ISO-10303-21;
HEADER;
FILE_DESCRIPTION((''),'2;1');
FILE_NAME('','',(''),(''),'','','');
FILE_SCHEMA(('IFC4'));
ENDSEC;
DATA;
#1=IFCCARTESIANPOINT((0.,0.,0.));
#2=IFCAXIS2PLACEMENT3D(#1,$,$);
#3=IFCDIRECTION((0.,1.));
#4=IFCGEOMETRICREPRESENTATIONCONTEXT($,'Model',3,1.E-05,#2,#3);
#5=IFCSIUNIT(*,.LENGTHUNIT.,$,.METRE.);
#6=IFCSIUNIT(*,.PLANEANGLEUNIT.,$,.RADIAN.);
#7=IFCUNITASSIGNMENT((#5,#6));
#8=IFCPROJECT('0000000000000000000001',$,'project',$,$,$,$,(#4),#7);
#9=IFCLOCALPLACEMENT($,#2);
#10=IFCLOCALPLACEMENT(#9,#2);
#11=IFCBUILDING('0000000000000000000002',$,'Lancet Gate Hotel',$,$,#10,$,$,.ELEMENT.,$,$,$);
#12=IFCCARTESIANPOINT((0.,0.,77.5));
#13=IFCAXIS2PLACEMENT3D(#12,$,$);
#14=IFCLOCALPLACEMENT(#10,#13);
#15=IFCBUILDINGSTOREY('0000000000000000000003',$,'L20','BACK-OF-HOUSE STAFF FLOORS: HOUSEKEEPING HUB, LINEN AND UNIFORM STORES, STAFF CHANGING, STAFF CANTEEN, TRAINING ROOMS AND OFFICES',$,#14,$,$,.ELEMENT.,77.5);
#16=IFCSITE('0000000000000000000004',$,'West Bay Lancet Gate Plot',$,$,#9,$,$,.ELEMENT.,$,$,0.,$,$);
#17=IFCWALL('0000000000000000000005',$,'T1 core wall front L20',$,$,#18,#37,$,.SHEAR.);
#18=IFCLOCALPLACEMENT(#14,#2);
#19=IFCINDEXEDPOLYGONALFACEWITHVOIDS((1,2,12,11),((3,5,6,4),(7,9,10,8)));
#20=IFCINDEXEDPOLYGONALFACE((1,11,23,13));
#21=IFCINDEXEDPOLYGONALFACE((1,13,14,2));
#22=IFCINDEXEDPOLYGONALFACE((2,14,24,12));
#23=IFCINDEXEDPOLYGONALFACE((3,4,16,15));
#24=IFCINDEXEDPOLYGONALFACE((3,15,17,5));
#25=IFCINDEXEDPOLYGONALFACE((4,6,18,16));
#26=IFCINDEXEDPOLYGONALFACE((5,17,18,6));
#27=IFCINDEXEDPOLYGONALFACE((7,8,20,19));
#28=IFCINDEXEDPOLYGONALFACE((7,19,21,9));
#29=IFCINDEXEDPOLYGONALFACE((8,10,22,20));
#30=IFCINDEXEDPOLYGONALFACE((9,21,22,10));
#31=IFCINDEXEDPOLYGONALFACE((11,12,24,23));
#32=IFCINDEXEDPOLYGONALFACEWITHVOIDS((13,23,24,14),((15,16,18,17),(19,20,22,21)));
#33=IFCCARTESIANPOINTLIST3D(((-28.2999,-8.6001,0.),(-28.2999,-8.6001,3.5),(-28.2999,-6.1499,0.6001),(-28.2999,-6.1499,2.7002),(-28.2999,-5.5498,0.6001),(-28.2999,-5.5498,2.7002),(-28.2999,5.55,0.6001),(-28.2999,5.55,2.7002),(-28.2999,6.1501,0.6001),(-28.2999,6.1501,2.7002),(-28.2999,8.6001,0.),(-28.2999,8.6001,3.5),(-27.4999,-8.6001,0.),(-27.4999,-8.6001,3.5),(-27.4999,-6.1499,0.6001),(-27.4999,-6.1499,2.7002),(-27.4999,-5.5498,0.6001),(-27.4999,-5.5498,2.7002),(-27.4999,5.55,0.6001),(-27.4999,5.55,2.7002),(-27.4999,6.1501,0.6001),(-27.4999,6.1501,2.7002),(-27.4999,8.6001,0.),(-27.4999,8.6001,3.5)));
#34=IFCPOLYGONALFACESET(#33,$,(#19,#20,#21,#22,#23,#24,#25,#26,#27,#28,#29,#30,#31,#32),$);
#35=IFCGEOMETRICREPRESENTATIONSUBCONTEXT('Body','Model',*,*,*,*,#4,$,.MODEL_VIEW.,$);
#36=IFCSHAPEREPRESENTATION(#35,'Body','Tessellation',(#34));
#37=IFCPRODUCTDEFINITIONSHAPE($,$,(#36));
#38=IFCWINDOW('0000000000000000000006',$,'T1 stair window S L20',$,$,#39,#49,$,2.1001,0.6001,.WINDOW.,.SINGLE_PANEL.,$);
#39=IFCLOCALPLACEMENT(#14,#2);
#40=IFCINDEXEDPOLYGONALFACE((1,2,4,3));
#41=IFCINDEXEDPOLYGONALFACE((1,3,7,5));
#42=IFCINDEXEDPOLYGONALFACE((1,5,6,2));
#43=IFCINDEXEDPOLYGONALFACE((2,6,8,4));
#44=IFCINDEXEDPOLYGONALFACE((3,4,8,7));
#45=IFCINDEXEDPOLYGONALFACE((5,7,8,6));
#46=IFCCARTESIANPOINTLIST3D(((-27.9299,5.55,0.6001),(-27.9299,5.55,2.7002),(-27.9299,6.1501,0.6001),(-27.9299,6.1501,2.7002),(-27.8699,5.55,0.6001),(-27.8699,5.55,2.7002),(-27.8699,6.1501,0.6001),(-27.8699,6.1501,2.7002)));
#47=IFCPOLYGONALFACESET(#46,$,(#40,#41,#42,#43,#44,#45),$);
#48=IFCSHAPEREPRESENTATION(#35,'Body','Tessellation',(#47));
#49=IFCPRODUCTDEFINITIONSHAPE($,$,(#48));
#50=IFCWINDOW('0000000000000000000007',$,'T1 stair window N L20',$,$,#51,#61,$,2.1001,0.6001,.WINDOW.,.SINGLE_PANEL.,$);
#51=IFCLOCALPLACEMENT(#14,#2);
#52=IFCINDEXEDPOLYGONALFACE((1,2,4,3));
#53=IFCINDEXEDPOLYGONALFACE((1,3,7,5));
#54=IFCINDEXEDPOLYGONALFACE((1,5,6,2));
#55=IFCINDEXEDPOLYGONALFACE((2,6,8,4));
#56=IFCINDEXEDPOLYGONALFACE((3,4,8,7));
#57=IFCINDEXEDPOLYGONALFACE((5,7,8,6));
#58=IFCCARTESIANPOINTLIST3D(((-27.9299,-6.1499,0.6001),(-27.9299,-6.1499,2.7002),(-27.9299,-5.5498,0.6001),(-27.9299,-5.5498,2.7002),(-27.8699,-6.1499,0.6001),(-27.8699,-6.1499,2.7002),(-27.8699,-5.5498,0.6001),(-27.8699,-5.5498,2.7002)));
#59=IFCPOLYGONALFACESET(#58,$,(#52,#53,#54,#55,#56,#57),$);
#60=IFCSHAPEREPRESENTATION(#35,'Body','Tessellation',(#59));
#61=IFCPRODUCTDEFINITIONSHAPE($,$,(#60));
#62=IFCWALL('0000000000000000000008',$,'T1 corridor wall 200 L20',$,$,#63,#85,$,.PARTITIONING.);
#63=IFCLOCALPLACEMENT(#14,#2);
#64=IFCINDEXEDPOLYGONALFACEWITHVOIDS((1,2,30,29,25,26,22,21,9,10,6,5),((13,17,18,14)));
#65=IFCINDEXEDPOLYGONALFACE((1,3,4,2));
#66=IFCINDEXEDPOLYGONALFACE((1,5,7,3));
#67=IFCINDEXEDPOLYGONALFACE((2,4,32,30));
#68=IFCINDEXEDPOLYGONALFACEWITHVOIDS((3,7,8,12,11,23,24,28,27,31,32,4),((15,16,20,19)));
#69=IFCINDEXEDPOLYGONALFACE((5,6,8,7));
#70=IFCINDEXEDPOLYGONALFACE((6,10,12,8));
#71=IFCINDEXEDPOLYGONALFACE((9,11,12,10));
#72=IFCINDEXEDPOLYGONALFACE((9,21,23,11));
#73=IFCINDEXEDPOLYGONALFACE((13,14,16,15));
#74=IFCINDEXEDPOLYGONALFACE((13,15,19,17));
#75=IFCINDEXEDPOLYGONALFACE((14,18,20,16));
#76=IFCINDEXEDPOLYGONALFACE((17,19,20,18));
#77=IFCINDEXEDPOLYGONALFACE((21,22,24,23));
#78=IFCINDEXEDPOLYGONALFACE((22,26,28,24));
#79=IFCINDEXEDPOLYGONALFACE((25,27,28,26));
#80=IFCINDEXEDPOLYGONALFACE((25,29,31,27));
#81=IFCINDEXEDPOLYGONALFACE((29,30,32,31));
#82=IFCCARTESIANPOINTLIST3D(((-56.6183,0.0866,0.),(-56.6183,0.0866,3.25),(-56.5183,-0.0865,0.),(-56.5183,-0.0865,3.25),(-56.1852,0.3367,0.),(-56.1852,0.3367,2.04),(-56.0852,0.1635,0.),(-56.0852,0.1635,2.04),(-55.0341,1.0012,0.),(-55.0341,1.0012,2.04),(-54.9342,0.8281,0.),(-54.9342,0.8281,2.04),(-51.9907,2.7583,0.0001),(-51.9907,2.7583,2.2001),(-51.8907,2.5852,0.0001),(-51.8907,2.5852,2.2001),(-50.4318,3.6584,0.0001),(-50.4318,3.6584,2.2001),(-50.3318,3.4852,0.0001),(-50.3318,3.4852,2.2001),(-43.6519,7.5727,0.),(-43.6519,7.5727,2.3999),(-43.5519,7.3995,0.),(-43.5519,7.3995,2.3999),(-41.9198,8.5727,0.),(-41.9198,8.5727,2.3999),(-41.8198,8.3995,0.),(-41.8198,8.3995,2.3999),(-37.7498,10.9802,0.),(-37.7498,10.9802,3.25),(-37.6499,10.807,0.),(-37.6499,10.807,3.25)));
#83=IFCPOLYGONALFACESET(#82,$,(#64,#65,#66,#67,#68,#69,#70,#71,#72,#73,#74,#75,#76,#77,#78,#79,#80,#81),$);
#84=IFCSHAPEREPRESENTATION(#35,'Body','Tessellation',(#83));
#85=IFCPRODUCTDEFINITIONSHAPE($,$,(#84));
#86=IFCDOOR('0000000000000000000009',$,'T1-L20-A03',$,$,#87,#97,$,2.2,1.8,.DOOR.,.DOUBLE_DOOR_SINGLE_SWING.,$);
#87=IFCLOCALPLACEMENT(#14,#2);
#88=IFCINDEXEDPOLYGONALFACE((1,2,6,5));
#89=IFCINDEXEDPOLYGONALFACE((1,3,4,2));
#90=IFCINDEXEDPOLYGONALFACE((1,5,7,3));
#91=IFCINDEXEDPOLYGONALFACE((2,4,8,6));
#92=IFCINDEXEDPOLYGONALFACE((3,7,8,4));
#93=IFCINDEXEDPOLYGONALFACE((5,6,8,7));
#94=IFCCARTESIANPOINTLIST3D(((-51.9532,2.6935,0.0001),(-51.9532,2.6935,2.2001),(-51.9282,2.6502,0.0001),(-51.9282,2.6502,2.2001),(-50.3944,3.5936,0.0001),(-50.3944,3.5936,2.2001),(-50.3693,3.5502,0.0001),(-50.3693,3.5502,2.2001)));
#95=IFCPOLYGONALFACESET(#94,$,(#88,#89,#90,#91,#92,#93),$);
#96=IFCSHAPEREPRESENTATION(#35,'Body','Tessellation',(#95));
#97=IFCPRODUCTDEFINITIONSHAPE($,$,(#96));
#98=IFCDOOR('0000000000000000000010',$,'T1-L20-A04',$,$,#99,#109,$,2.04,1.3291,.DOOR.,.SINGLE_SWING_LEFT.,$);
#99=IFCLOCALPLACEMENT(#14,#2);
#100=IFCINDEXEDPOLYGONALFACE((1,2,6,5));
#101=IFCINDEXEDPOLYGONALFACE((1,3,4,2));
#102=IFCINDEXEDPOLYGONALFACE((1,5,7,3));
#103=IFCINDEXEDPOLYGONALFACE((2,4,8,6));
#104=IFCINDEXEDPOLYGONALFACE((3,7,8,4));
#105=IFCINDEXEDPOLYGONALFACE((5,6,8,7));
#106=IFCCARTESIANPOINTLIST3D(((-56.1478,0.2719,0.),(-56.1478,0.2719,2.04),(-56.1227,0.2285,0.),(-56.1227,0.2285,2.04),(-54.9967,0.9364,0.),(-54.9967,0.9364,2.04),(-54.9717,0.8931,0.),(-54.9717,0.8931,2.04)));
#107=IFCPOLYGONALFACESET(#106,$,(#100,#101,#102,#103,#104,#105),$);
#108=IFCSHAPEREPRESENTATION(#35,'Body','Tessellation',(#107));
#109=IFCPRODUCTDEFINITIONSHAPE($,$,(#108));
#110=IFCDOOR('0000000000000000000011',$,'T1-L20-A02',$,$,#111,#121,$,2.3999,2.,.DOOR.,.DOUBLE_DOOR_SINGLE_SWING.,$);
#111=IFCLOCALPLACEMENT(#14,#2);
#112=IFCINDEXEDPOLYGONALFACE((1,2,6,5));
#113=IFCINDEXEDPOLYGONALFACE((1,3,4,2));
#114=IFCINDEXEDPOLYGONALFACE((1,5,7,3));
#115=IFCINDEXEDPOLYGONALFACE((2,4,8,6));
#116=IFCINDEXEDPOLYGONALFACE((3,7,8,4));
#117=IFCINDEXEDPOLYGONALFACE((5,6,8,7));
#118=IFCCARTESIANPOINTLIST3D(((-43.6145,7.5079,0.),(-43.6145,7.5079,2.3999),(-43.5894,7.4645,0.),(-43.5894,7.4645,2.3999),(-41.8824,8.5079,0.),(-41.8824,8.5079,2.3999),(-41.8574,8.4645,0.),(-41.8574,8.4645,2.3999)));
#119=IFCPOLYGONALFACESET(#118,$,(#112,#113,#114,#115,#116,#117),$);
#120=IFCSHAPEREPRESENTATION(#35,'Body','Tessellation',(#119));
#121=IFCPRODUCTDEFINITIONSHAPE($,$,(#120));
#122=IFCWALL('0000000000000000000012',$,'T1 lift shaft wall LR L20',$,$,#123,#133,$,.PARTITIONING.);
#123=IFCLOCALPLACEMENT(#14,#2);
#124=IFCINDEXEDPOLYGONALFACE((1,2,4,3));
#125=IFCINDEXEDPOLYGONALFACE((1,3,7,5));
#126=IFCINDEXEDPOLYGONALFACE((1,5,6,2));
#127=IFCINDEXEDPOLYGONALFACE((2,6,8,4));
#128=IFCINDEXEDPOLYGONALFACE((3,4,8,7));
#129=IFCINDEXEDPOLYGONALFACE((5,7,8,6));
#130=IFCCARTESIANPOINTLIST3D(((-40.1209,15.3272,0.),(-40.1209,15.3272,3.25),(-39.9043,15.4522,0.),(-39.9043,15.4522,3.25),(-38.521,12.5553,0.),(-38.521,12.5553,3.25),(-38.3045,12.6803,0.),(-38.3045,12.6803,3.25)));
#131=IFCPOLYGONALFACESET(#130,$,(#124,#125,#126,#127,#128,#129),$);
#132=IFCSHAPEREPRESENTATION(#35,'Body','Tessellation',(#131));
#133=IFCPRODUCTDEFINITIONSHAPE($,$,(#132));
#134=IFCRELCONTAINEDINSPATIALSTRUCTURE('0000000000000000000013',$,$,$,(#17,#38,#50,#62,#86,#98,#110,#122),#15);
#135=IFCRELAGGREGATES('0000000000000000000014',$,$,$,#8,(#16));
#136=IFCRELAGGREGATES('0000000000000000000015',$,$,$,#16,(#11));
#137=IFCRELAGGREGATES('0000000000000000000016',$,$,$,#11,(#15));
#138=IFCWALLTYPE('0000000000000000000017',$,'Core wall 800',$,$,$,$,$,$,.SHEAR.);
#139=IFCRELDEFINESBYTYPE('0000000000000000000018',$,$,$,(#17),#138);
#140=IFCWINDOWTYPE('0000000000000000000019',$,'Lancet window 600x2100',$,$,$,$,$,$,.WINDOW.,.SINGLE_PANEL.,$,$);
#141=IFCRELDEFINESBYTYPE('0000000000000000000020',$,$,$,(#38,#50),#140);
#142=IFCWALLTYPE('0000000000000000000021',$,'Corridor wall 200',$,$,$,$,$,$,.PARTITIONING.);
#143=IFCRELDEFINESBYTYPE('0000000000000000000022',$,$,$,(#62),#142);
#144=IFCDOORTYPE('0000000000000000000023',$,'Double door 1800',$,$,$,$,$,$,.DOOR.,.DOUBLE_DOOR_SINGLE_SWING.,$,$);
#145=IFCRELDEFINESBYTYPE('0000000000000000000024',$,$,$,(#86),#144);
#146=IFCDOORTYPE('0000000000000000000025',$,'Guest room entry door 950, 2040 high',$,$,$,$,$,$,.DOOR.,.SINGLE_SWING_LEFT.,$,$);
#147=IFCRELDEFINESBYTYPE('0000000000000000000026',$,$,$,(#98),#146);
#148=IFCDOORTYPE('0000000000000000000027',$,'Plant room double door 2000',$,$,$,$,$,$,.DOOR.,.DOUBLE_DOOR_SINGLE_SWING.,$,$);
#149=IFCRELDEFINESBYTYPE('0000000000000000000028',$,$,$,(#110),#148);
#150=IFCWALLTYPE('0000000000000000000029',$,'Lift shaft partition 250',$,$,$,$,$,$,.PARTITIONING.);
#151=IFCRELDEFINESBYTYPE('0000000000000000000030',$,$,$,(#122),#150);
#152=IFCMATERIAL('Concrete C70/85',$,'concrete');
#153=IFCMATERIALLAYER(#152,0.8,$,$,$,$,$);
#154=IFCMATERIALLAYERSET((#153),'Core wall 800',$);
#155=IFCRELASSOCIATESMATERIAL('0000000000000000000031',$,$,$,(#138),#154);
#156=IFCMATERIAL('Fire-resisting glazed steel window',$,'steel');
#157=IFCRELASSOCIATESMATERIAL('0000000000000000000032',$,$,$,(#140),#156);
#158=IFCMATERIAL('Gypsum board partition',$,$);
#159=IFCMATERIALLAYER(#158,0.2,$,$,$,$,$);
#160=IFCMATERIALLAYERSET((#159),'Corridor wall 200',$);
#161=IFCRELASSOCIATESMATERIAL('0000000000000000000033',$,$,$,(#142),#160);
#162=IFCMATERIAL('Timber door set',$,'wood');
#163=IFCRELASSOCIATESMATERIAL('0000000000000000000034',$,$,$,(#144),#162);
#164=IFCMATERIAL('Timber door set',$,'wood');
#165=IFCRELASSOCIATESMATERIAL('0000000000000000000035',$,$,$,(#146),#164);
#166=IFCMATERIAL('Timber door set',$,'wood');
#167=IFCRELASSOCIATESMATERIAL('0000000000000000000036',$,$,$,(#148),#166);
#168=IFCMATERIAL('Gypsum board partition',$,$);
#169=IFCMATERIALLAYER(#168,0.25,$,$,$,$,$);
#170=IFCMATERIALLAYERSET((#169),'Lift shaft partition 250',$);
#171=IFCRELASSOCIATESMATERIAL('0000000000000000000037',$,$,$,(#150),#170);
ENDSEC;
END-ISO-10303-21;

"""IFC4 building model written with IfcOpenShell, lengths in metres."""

from ifc_helpers import new_model, si_unit, direction, frame, frame_2d, origin, place, context, subcontext, project, spatial, rectangle, extrude, material, layer, layer_set, type_object, element, fill, save


model = new_model("IFC4")

# Units and contexts
model_context = context("Model", 3, precision=1e-05, world=origin(), true_north=direction((0.0, 1.0)))
body_context = subcontext(model_context, "Body", "Model", "MODEL_VIEW")
ifc_project = project(units=[si_unit("LENGTHUNIT", "METRE"), si_unit("PLANEANGLEUNIT", "RADIAN")], contexts=[model_context])

# Site, building, storey
site_placement = place(None, origin())
site = spatial("IfcSite", under=ifc_project, at=site_placement, Name="West Bay Lancet Gate Plot", CompositionType="ELEMENT", RefElevation=0.0)
building_placement = place(site_placement, origin())
building = spatial("IfcBuilding", under=site, at=building_placement, Name="Lancet Gate Hotel", CompositionType="ELEMENT")
storey_placement = place(building_placement, frame((0.0, 0.0, 77.5)))
storey = spatial("IfcBuildingStorey", under=building, at=storey_placement, Name="L20", Description="BACK-OF-HOUSE STAFF FLOORS: HOUSEKEEPING HUB, LINEN AND UNIFORM STORES, STAFF CHANGING, STAFF CANTEEN, TRAINING ROOMS AND OFFICES", CompositionType="ELEMENT", Elevation=77.5)

# Wall, openings, windows
ifc_material_1 = material(Name="Concrete C70/85", Category="concrete")
ifc_layer_1 = layer(ifc_material_1, 0.8)
ifc_layer_set_1 = layer_set([ifc_layer_1], Name="Core wall 800")
wall_type_1 = type_object("IfcWallType", Name="Core wall 800", PredefinedType="SHEAR", material=ifc_layer_set_1)
wall_1_placement = place(storey_placement, frame((-27.8999, 8.6001, 0.0), z_axis=(0.0, 0.0, 1.0), x_axis=(0.0, -1.0, 0.0)))
wall_1 = element("IfcWall", 1, at=wall_1_placement, inside=storey, type_object=wall_type_1, Name="T1 core wall front L20", PredefinedType="SHEAR", context=body_context, shape_type="SweptSolid", body=[
    extrude(rectangle(XDim=17.2002, YDim=0.8, at=frame_2d((8.6001, 0.0))), origin(), (0.0, 0.0, 1.0), 3.5),
])
opening_1_placement = place(wall_1_placement, frame((2.45, 0.0, 0.6001)))
opening_1 = element("IfcOpeningElement", 2, at=opening_1_placement, cuts=wall_1, PredefinedType="OPENING", context=body_context, shape_type="SweptSolid", body=[
    extrude(rectangle(XDim=0.6001, YDim=2.1001, at=frame_2d((0.3, 1.05))), frame((0.0, 0.4099, 0.0), z_axis=(0.0, -1.0, 0.0), x_axis=(1.0, 0.0, 0.0)), (0.0, 0.0, 1.0), 0.8201),
])
opening_2_placement = place(wall_1_placement, frame((14.1499, 0.0, 0.6001)))
opening_2 = element("IfcOpeningElement", 3, at=opening_2_placement, cuts=wall_1, PredefinedType="OPENING", context=body_context, shape_type="SweptSolid", body=[
    extrude(rectangle(XDim=0.6001, YDim=2.1001, at=frame_2d((0.3, 1.05))), frame((0.0, 0.4099, 0.0), z_axis=(0.0, -1.0, 0.0), x_axis=(1.0, 0.0, 0.0)), (0.0, 0.0, 1.0), 0.8201),
])
ifc_material_2 = material(Name="Fire-resisting glazed steel window", Category="steel")
window_type = type_object("IfcWindowType", Name="Lancet window 600x2100", PartitioningType="SINGLE_PANEL", PredefinedType="WINDOW", material=ifc_material_2)
window_1_placement = place(opening_1_placement, origin())
window_1 = element("IfcWindow", 4, at=window_1_placement, inside=storey, type_object=window_type, Name="T1 stair window S L20", OverallHeight=2.1001, OverallWidth=0.6001, PartitioningType="SINGLE_PANEL", PredefinedType="WINDOW", context=body_context, shape_type="SweptSolid", body=[
    extrude(rectangle(XDim=0.6001, YDim=2.1001, at=frame_2d((0.3, 1.05))), frame((0.0, 0.03, 0.0), z_axis=(0.0, -1.0, 0.0), x_axis=(1.0, 0.0, 0.0)), (0.0, 0.0, 1.0), 0.0601),
])
fill(opening_1, window_1)
window_2_placement = place(opening_2_placement, origin())
window_2 = element("IfcWindow", 5, at=window_2_placement, inside=storey, type_object=window_type, Name="T1 stair window N L20", OverallHeight=2.1001, OverallWidth=0.6001, PartitioningType="SINGLE_PANEL", PredefinedType="WINDOW", context=body_context, shape_type="SweptSolid", body=[
    extrude(rectangle(XDim=0.6001, YDim=2.1001, at=frame_2d((0.3, 1.05))), frame((0.0, 0.03, 0.0), z_axis=(0.0, -1.0, 0.0), x_axis=(1.0, 0.0, 0.0)), (0.0, 0.0, 1.0), 0.0601),
])
fill(opening_2, window_2)

# Wall, openings, doors
ifc_material_3 = material(Name="Gypsum board partition")
ifc_layer_2 = layer(ifc_material_3, 0.2)
ifc_layer_set_2 = layer_set([ifc_layer_2], Name="Corridor wall 200")
wall_type_2 = type_object("IfcWallType", Name="Corridor wall 200", PredefinedType="PARTITIONING", material=ifc_layer_set_2)
wall_2_placement = place(storey_placement, frame((-37.7, 10.8936, 0.0), z_axis=(0.0, 0.0, 1.0), x_axis=(-0.866028, -0.499996, 0.0)))
wall_2 = element("IfcWall", 6, at=wall_2_placement, inside=storey, type_object=wall_type_2, Name="T1 corridor wall 200 L20", PredefinedType="PARTITIONING", context=body_context, shape_type="SweptSolid", body=[
    extrude(rectangle(XDim=21.7874, YDim=0.2, at=frame_2d((10.8936, 0.0))), origin(), (0.0, 0.0, 1.0), 3.25),
])
opening_3_placement = place(wall_2_placement, frame((14.6438, 0.0, 0.0)))
opening_3 = element("IfcOpeningElement", 7, at=opening_3_placement, cuts=wall_2, PredefinedType="OPENING", context=body_context, shape_type="SweptSolid", body=[
    extrude(rectangle(XDim=1.8, YDim=2.2, at=frame_2d((0.8999, 1.1001))), frame((0.0, 0.1099, 0.0), z_axis=(0.0, -1.0, 0.0), x_axis=(1.0, 0.0, 0.0)), (0.0, 0.0, 1.0), 0.22),
])
opening_4_placement = place(wall_2_placement, frame((19.958, 0.0, 0.0)))
opening_4 = element("IfcOpeningElement", 8, at=opening_4_placement, cuts=wall_2, PredefinedType="OPENING", context=body_context, shape_type="SweptSolid", body=[
    extrude(rectangle(XDim=1.3291, YDim=2.04, at=frame_2d((0.6646, 1.02))), frame((0.0, 0.1099, 0.0), z_axis=(0.0, -1.0, 0.0), x_axis=(1.0, 0.0, 0.0)), (0.0, 0.0, 1.0), 0.22),
])
opening_5_placement = place(wall_2_placement, frame((4.8149, 0.0, 0.0)))
opening_5 = element("IfcOpeningElement", 9, at=opening_5_placement, cuts=wall_2, PredefinedType="OPENING", context=body_context, shape_type="SweptSolid", body=[
    extrude(rectangle(XDim=2.0, YDim=2.3999, at=frame_2d((1.0, 1.2))), frame((0.0, 0.1099, 0.0), z_axis=(0.0, -1.0, 0.0), x_axis=(1.0, 0.0, 0.0)), (0.0, 0.0, 1.0), 0.22),
])
ifc_material_4 = material(Name="Timber door set", Category="wood")
door_type_1 = type_object("IfcDoorType", Name="Double door 1800", OperationType="DOUBLE_DOOR_SINGLE_SWING", PredefinedType="DOOR", material=ifc_material_4)
door_1_placement = place(opening_3_placement, origin())
door_1 = element("IfcDoor", 10, at=door_1_placement, inside=storey, type_object=door_type_1, Name="T1-L20-A03", OperationType="DOUBLE_DOOR_SINGLE_SWING", OverallHeight=2.2, OverallWidth=1.8, PredefinedType="DOOR", context=body_context, shape_type="SweptSolid", body=[
    extrude(rectangle(XDim=1.8, YDim=2.2, at=frame_2d((0.8999, 1.1001))), frame((0.0, 0.0249, 0.0), z_axis=(0.0, -1.0, 0.0), x_axis=(1.0, 0.0, 0.0)), (0.0, 0.0, 1.0), 0.05),
])
fill(opening_3, door_1)
ifc_material_5 = material(Name="Timber door set", Category="wood")
door_type_2 = type_object("IfcDoorType", Name="Guest room entry door 950, 2040 high", OperationType="SINGLE_SWING_LEFT", PredefinedType="DOOR", material=ifc_material_5)
door_2_placement = place(opening_4_placement, origin())
door_2 = element("IfcDoor", 11, at=door_2_placement, inside=storey, type_object=door_type_2, Name="T1-L20-A04", OperationType="SINGLE_SWING_LEFT", OverallHeight=2.04, OverallWidth=1.3291, PredefinedType="DOOR", context=body_context, shape_type="SweptSolid", body=[
    extrude(rectangle(XDim=1.3291, YDim=2.04, at=frame_2d((0.6646, 1.02))), frame((0.0, 0.0249, 0.0), z_axis=(0.0, -1.0, 0.0), x_axis=(1.0, 0.0, 0.0)), (0.0, 0.0, 1.0), 0.05),
])
fill(opening_4, door_2)
ifc_material_6 = material(Name="Timber door set", Category="wood")
door_type_3 = type_object("IfcDoorType", Name="Plant room double door 2000", OperationType="DOUBLE_DOOR_SINGLE_SWING", PredefinedType="DOOR", material=ifc_material_6)
door_3_placement = place(opening_5_placement, origin())
door_3 = element("IfcDoor", 12, at=door_3_placement, inside=storey, type_object=door_type_3, Name="T1-L20-A02", OperationType="DOUBLE_DOOR_SINGLE_SWING", OverallHeight=2.3999, OverallWidth=2.0, PredefinedType="DOOR", context=body_context, shape_type="SweptSolid", body=[
    extrude(rectangle(XDim=2.0, YDim=2.3999, at=frame_2d((1.0, 1.2))), frame((0.0, 0.0249, 0.0), z_axis=(0.0, -1.0, 0.0), x_axis=(1.0, 0.0, 0.0)), (0.0, 0.0, 1.0), 0.05),
])
fill(opening_5, door_3)

# Wall
ifc_material_7 = material(Name="Gypsum board partition")
ifc_layer_3 = layer(ifc_material_7, 0.25)
ifc_layer_set_3 = layer_set([ifc_layer_3], Name="Lift shaft partition 250")
wall_type_3 = type_object("IfcWallType", Name="Lift shaft partition 250", PredefinedType="PARTITIONING", material=ifc_layer_set_3)
wall_3_placement = place(storey_placement, frame((-38.4128, 12.6179, 0.0), z_axis=(0.0, 0.0, 1.0), x_axis=(-0.499872, 0.866099, 0.0)))
element("IfcWall", 13, at=wall_3_placement, inside=storey, type_object=wall_type_3, Name="T1 lift shaft wall LR L20", PredefinedType="PARTITIONING", context=body_context, shape_type="SweptSolid", body=[
    extrude(rectangle(XDim=3.2004, YDim=0.25, at=frame_2d((1.6001, 0.0))), origin(), (0.0, 0.0, 1.0), 3.25),
])

save(model, "model.ifc")
